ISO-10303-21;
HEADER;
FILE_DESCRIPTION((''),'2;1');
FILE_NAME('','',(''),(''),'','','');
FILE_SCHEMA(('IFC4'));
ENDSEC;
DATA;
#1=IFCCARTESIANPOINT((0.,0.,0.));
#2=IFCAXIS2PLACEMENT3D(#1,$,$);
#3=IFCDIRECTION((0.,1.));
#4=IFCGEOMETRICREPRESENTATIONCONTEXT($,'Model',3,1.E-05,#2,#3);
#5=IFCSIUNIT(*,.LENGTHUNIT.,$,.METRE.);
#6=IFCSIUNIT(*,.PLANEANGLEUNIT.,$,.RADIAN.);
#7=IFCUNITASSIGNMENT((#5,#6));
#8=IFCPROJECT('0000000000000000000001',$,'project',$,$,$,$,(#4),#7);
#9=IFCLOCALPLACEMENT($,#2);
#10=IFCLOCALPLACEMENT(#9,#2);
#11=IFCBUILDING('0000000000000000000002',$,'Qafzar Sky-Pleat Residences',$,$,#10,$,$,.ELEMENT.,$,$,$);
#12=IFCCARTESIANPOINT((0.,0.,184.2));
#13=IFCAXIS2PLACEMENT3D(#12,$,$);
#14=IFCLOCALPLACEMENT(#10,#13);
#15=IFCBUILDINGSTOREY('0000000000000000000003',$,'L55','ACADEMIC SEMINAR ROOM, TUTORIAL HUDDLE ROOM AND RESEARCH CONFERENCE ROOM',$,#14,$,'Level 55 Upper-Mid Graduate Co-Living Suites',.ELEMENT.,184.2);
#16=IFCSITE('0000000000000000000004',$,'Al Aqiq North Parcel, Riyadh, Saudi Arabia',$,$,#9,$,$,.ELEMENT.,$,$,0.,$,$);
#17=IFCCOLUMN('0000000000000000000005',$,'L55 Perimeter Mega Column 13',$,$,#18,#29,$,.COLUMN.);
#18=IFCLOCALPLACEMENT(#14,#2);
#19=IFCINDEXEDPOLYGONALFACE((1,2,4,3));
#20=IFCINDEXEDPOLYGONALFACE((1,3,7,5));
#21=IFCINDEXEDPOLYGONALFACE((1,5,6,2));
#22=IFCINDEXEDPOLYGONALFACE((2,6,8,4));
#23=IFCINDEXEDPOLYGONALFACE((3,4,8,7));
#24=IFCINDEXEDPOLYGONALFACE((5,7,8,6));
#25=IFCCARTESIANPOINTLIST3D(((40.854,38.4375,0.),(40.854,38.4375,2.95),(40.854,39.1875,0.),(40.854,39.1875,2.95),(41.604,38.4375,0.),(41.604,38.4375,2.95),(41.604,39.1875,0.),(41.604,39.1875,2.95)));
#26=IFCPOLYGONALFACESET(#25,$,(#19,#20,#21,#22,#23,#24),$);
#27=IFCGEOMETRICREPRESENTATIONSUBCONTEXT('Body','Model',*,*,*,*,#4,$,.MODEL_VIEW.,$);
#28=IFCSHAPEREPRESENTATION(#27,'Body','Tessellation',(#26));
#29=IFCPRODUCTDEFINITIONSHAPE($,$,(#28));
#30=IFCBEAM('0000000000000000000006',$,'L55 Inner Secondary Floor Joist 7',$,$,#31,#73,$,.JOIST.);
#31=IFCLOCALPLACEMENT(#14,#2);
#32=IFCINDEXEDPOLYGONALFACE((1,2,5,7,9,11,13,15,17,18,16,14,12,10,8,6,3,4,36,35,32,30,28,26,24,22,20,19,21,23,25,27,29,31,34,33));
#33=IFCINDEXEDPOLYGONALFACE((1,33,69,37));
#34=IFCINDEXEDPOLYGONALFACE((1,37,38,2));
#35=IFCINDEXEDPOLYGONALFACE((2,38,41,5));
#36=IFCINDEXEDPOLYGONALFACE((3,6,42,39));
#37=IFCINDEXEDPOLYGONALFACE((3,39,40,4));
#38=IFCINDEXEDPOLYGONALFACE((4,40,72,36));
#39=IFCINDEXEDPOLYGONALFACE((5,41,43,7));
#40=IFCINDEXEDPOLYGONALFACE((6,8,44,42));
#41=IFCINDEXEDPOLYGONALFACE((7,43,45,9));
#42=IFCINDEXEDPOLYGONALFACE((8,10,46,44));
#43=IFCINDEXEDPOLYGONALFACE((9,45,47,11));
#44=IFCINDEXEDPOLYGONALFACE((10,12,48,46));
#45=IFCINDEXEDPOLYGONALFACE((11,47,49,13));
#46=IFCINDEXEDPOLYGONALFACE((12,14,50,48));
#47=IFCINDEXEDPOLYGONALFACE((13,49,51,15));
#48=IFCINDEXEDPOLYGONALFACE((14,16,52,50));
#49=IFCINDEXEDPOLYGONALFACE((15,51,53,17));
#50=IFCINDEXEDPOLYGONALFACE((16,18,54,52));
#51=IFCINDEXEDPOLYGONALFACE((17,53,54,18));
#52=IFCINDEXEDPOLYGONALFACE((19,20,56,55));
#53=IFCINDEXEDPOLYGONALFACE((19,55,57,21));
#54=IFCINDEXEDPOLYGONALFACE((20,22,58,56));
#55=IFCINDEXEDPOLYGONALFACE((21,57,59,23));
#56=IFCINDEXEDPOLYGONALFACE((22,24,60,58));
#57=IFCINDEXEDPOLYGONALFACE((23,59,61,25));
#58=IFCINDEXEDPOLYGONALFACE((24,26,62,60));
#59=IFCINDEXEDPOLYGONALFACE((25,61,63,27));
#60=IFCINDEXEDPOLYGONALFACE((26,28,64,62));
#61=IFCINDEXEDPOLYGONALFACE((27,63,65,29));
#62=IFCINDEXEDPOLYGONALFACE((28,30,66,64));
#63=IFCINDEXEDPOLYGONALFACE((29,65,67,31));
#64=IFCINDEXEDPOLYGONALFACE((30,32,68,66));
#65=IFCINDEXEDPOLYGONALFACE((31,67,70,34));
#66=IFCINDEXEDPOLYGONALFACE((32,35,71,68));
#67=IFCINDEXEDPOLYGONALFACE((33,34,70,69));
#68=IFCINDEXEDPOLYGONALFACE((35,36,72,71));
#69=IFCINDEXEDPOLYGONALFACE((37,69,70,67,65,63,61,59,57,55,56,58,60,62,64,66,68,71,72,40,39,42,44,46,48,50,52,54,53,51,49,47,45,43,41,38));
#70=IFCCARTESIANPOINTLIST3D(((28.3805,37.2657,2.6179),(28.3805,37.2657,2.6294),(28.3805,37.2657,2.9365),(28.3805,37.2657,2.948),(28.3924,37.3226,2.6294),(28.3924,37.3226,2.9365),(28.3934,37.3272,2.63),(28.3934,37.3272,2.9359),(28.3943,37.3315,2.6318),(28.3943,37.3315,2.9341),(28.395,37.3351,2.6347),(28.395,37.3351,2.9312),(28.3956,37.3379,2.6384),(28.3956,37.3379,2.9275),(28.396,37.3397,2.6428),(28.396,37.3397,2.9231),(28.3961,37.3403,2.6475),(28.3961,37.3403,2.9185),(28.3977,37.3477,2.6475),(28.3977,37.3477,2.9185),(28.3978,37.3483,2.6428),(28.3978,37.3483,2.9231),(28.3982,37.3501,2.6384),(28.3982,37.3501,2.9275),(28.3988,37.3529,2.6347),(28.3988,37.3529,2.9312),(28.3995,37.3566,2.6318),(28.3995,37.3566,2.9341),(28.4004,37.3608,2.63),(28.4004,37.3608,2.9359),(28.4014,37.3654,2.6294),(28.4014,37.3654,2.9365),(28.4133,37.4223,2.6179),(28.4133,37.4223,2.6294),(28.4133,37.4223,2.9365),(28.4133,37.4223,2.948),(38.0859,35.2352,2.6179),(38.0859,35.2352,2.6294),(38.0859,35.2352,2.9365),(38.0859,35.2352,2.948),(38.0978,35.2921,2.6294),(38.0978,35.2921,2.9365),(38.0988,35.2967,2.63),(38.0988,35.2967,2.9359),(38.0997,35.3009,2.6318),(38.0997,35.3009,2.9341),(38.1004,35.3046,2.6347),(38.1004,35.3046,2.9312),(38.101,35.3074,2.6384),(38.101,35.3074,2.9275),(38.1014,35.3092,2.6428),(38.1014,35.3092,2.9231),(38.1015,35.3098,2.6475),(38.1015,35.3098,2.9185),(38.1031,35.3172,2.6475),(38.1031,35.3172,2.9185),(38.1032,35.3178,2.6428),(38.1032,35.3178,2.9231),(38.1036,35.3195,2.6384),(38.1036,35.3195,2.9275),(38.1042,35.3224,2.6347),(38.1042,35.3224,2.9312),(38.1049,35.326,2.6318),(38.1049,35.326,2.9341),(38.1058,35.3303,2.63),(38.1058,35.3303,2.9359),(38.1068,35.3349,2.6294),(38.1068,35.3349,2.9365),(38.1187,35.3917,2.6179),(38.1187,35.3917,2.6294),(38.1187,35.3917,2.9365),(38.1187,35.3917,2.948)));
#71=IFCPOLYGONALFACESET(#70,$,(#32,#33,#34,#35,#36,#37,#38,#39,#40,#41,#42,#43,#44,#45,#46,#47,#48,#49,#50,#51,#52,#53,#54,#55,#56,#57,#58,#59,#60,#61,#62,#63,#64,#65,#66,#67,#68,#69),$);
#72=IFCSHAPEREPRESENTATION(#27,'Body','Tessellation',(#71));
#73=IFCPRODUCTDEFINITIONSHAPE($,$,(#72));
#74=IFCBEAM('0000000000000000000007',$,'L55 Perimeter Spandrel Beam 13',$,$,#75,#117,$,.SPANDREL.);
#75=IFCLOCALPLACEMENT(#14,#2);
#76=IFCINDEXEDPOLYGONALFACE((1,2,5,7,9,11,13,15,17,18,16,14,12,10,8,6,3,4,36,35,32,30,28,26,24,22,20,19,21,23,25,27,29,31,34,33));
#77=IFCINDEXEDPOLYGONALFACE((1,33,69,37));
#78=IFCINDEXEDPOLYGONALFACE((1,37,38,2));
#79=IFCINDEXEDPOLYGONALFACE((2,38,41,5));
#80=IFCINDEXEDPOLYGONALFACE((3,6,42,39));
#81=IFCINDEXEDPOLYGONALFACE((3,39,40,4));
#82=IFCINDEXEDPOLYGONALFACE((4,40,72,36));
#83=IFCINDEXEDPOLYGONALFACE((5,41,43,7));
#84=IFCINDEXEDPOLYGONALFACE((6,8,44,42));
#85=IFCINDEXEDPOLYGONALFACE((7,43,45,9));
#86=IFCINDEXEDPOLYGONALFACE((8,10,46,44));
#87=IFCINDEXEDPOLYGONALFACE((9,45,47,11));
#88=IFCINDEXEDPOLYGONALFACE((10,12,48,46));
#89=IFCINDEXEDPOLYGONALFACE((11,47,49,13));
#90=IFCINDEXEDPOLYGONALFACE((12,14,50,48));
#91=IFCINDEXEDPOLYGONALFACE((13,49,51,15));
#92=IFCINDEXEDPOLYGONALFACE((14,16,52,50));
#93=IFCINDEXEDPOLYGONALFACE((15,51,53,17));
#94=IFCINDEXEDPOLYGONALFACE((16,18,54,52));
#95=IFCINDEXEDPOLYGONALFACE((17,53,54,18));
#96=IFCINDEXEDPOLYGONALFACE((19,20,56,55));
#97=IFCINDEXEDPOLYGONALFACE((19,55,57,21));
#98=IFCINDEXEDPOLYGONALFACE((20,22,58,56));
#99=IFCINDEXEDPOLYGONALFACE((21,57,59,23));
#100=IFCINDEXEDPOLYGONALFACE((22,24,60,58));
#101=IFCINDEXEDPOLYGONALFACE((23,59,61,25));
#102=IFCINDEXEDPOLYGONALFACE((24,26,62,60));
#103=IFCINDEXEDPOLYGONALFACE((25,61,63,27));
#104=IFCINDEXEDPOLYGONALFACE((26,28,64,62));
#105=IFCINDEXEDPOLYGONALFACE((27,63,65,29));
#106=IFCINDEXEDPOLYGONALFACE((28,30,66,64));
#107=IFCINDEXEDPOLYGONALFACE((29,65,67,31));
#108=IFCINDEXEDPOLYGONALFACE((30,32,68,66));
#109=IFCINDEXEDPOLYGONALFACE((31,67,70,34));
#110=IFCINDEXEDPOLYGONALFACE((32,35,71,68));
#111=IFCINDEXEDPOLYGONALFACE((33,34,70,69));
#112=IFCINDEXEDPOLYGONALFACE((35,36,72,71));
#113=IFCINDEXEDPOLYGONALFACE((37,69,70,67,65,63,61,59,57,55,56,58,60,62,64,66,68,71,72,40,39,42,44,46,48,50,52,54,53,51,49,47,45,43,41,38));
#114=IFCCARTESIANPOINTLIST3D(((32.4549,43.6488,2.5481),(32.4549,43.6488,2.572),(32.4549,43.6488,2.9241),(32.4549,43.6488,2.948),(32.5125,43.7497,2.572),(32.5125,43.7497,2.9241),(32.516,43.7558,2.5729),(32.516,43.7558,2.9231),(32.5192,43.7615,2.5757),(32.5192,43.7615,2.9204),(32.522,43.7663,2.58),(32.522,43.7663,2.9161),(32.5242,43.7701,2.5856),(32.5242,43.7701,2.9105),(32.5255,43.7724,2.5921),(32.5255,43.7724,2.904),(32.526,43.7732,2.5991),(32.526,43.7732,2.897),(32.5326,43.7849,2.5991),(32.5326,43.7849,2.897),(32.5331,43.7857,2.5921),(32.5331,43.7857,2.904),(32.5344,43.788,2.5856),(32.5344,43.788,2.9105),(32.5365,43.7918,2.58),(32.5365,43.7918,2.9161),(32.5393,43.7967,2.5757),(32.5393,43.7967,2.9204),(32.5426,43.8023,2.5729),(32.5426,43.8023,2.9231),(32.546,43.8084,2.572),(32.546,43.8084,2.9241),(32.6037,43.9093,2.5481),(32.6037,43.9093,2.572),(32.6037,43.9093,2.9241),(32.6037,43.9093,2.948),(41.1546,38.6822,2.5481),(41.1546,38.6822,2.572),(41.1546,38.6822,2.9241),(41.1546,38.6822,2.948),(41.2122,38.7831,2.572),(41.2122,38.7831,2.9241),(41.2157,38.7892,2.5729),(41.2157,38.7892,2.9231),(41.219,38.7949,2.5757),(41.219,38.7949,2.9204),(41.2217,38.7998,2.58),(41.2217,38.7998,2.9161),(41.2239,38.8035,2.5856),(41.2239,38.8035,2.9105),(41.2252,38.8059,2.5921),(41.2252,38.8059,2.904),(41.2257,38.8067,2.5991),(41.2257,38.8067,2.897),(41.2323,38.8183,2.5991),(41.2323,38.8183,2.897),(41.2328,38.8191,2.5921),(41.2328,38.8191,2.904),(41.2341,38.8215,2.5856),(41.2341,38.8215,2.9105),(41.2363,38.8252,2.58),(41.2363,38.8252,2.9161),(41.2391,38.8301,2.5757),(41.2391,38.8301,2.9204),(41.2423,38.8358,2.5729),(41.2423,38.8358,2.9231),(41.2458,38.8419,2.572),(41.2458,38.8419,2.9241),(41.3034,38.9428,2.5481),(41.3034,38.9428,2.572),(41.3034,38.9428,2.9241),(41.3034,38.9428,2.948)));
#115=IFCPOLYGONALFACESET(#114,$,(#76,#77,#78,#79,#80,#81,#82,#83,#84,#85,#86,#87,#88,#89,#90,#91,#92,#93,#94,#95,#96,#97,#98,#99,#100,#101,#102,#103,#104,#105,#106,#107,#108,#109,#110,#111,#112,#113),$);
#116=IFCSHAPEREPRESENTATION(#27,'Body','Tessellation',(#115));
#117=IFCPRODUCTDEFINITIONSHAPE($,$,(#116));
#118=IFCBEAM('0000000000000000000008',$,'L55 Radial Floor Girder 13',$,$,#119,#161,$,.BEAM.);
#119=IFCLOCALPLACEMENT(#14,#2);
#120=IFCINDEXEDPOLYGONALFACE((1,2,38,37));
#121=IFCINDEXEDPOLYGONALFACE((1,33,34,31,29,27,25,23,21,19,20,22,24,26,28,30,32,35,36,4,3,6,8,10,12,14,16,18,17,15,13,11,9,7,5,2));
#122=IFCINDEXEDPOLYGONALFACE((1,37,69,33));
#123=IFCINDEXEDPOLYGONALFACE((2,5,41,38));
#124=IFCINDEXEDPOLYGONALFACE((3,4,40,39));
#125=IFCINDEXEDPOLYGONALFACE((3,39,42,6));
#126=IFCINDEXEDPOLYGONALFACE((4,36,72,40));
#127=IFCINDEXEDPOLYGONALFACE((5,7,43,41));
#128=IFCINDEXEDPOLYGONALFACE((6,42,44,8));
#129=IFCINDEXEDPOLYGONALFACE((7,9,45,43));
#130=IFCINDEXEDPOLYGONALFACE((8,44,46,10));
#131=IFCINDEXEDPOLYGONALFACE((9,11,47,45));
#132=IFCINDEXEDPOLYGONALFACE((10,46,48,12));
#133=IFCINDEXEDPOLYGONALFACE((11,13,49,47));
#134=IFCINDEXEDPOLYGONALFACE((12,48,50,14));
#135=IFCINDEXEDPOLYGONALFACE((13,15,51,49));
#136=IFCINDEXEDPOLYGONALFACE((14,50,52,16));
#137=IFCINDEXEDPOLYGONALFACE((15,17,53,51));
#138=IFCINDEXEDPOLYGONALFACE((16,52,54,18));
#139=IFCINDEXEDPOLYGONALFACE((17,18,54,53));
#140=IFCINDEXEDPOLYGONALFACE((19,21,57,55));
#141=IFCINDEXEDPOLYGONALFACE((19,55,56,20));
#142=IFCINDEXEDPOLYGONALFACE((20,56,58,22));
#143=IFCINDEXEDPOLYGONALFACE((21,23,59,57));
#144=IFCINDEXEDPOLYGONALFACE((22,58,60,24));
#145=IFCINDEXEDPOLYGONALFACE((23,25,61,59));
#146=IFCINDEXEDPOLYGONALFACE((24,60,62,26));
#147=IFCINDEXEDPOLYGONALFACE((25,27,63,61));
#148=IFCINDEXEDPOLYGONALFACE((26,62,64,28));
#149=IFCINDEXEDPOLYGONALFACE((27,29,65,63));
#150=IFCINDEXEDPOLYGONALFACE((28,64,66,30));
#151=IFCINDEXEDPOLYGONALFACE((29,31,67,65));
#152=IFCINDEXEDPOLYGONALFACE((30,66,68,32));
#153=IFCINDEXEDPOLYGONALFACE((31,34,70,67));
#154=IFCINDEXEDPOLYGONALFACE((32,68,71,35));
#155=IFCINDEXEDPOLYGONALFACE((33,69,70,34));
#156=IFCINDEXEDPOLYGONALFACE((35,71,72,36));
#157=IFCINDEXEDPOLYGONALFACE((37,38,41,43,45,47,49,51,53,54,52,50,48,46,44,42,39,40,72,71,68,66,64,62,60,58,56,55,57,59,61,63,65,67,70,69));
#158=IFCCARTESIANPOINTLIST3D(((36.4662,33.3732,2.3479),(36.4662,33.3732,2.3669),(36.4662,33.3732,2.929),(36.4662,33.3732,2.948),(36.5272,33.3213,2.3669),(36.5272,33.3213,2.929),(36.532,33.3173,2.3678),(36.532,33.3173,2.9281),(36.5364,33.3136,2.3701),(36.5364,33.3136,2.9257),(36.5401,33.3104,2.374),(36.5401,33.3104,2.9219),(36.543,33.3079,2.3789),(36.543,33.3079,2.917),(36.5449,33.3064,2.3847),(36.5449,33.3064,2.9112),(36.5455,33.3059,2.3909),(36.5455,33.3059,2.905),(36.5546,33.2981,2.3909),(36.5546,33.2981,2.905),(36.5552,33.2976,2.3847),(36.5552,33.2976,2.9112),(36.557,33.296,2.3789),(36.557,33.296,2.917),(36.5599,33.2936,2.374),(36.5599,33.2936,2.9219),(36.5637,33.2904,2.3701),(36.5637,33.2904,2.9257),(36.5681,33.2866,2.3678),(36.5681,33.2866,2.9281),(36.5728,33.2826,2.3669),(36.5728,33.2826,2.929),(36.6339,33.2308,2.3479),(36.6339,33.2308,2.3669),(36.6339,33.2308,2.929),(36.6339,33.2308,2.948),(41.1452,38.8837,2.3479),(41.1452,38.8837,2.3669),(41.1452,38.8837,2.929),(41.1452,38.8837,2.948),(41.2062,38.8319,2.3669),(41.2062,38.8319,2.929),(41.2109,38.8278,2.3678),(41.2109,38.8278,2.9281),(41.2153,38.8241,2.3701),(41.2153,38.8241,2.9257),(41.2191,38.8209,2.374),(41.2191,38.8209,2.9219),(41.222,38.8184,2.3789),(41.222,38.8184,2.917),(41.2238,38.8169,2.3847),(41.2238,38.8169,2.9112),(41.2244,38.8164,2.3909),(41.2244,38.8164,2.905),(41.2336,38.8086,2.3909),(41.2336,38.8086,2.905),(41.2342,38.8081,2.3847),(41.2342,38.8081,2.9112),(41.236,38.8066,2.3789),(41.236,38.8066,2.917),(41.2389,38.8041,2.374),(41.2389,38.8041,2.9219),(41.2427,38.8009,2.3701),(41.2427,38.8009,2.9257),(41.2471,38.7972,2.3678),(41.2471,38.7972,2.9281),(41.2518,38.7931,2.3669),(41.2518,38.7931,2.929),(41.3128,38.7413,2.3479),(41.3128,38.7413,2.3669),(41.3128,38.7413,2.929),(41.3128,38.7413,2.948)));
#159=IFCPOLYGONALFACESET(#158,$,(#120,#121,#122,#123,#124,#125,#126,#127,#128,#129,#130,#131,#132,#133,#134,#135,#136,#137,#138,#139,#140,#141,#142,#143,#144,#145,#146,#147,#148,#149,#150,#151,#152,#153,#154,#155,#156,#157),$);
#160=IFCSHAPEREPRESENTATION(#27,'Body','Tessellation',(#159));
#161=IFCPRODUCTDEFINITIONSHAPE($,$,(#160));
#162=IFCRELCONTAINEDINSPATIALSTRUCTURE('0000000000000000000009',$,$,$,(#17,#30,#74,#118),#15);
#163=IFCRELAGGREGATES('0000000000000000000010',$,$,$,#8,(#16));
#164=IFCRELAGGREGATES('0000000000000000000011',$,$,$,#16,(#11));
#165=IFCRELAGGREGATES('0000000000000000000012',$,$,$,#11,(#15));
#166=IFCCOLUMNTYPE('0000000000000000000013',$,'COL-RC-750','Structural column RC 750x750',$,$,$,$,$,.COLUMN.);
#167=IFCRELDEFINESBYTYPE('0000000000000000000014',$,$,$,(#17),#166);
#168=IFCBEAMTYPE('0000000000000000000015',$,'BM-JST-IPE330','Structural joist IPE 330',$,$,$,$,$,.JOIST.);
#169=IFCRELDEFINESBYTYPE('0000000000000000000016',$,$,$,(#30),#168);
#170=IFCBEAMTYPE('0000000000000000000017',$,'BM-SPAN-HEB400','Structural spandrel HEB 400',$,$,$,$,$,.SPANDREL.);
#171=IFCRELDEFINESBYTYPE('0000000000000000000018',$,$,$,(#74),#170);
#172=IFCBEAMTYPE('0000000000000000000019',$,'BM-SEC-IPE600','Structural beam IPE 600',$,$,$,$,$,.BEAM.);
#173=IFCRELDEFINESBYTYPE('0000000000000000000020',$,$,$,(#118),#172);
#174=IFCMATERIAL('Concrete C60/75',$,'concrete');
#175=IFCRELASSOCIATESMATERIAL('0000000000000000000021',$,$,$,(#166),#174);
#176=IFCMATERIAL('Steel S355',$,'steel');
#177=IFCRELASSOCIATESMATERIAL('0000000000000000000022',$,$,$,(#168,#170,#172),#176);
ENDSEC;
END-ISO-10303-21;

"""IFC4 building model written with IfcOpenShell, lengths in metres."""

from ifc_helpers import new_model, si_unit, direction, frame, origin, origin_2d, place, context, subcontext, project, spatial, rectangle, i_section, extrude, source, transform, mapped, material, material_profile, profile_set, type_object, element, save


model = new_model("IFC4")

# Units and contexts
model_context = context("Model", 3, precision=1e-05, world=origin(), true_north=direction((0.0, 1.0)))
body_context = subcontext(model_context, "Body", "Model", "MODEL_VIEW")
ifc_project = project(units=[si_unit("LENGTHUNIT", "METRE"), si_unit("PLANEANGLEUNIT", "RADIAN")], contexts=[model_context])

# Site, building, storey
site_placement = place(None, origin())
site = spatial("IfcSite", under=ifc_project, at=site_placement, Name="Al Aqiq North Parcel, Riyadh, Saudi Arabia", CompositionType="ELEMENT", RefElevation=0.0)
building_placement = place(site_placement, origin())
building = spatial("IfcBuilding", under=site, at=building_placement, Name="Qafzar Sky-Pleat Residences", CompositionType="ELEMENT")
storey_placement = place(building_placement, frame((0.0, 0.0, 184.2)))
storey = spatial("IfcBuildingStorey", under=building, at=storey_placement, Name="L55", Description="ACADEMIC SEMINAR ROOM, TUTORIAL HUDDLE ROOM AND RESEARCH CONFERENCE ROOM", LongName="Level 55 Upper-Mid Graduate Co-Living Suites", CompositionType="ELEMENT", Elevation=184.2)

# Column
ifc_material_1 = material(Name="Concrete C60/75", Category="concrete")
ifc_material_profile_1 = material_profile(ifc_material_1, rectangle(XDim=0.75, YDim=0.75, at=origin_2d()), Name="RC 750x750")
ifc_profile_set_1 = profile_set([ifc_material_profile_1], Name="Concrete C60/75")
column_type = type_object("IfcColumnType", Name="COL-RC-750", Description="Structural column RC 750x750", PredefinedType="COLUMN", material=ifc_profile_set_1)
shared_shape_1 = source(origin(), body_context, "Body", "SweptSolid", [
    extrude(rectangle(XDim=0.75, YDim=0.75, at=origin_2d()), origin(), (0.0, 0.0, 1.0), 2.95),
])
column_placement = place(storey_placement, frame((41.229, 38.8125, 0.0), z_axis=(0.0, 0.0, 1.0), x_axis=(1.0, 0.0, 0.0)))
element("IfcColumn", 1, at=column_placement, inside=storey, type_object=column_type, Name="L55 Perimeter Mega Column 13", PredefinedType="COLUMN", context=body_context, shape_type="MappedRepresentation", body=[
    mapped(shared_shape_1, transform((0.0, 0.0, 0.0), x_axis=(1.0, 0.0, 0.0), y_axis=(0.0, 1.0, 0.0), z_axis=(0.0, 0.0, 1.0), scale=1.0)),
])

# Beams
ifc_material_2 = material(Name="Steel S355", Category="steel")
ifc_material_profile_2 = material_profile(ifc_material_2, i_section(OverallWidth=0.1599, OverallDepth=0.3301, WebThickness=0.0076, FlangeThickness=0.0115, FilletRadius=0.0181, at=origin_2d()), Name="IPE 330")
ifc_profile_set_2 = profile_set([ifc_material_profile_2], Name="Steel S355")
beam_type_1 = type_object("IfcBeamType", Name="BM-JST-IPE330", Description="Structural joist IPE 330", PredefinedType="JOIST", material=ifc_profile_set_2)
shared_shape_2 = source(origin(), body_context, "Body", "SweptSolid", [
    extrude(i_section(OverallWidth=0.1599, OverallDepth=0.3301, WebThickness=0.0076, FlangeThickness=0.0115, FilletRadius=0.0181, at=origin_2d()), origin(), (0.0, 0.0, 1.0), 9.9155),
])
beam_1_placement = place(storey_placement, frame((38.1023, 35.3135, 2.783), z_axis=(-0.978807, 0.204783, 0.0), x_axis=(-0.204783, -0.978807, 0.0)))
element("IfcBeam", 2, at=beam_1_placement, inside=storey, type_object=beam_type_1, Name="L55 Inner Secondary Floor Joist 7", PredefinedType="JOIST", context=body_context, shape_type="MappedRepresentation", body=[
    mapped(shared_shape_2, transform((0.0, 0.0, 0.0), x_axis=(1.0, 0.0, 0.0), y_axis=(0.0, 1.0, 0.0), z_axis=(0.0, 0.0, 1.0), scale=1.0)),
])
ifc_material_profile_3 = material_profile(ifc_material_2, i_section(OverallWidth=0.3, OverallDepth=0.3999, WebThickness=0.0134, FlangeThickness=0.0239, FilletRadius=0.0271, at=origin_2d()), Name="HEB 400")
ifc_profile_set_3 = profile_set([ifc_material_profile_3], Name="Steel S355")
beam_type_2 = type_object("IfcBeamType", Name="BM-SPAN-HEB400", Description="Structural spandrel HEB 400", PredefinedType="SPANDREL", material=ifc_profile_set_3)
shared_shape_3 = source(origin(), body_context, "Body", "SweptSolid", [
    extrude(i_section(OverallWidth=0.3, OverallDepth=0.3999, WebThickness=0.0134, FlangeThickness=0.0239, FilletRadius=0.0271, at=origin_2d()), origin(), (0.0, 0.0, 1.0), 10.0176),
])
beam_2_placement = place(storey_placement, frame((41.229, 38.8125, 2.748), z_axis=(-0.868446, 0.495785, 0.0), x_axis=(-0.495785, -0.868446, 0.0)))
element("IfcBeam", 3, at=beam_2_placement, inside=storey, type_object=beam_type_2, Name="L55 Perimeter Spandrel Beam 13", PredefinedType="SPANDREL", context=body_context, shape_type="MappedRepresentation", body=[
    mapped(shared_shape_3, transform((0.0, 0.0, 0.0), x_axis=(1.0, 0.0, 0.0), y_axis=(0.0, 1.0, 0.0), z_axis=(0.0, 0.0, 1.0), scale=1.0)),
])
ifc_material_profile_4 = material_profile(ifc_material_2, i_section(OverallWidth=0.22, OverallDepth=0.6001, WebThickness=0.012, FlangeThickness=0.019, FilletRadius=0.0239, at=origin_2d()), Name="IPE 600")
ifc_profile_set_4 = profile_set([ifc_material_profile_4], Name="Steel S355")
beam_type_3 = type_object("IfcBeamType", Name="BM-SEC-IPE600", Description="Structural beam IPE 600", PredefinedType="BEAM", material=ifc_profile_set_4)
shared_shape_4 = source(origin(), body_context, "Body", "SweptSolid", [
    extrude(i_section(OverallWidth=0.22, OverallDepth=0.6001, WebThickness=0.012, FlangeThickness=0.019, FilletRadius=0.0239, at=origin_2d()), origin(), (0.0, 0.0, 1.0), 7.229),
])
beam_3_placement = place(storey_placement, frame((41.229, 38.8125, 2.6479), z_axis=(-0.647249, -0.762278, 0.0), x_axis=(0.762278, -0.647249, 0.0)))
element("IfcBeam", 4, at=beam_3_placement, inside=storey, type_object=beam_type_3, Name="L55 Radial Floor Girder 13", PredefinedType="BEAM", context=body_context, shape_type="MappedRepresentation", body=[
    mapped(shared_shape_4, transform((0.0, 0.0, 0.0), x_axis=(1.0, 0.0, 0.0), y_axis=(0.0, 1.0, 0.0), z_axis=(0.0, 0.0, 1.0), scale=1.0)),
])

save(model, "model.ifc")
